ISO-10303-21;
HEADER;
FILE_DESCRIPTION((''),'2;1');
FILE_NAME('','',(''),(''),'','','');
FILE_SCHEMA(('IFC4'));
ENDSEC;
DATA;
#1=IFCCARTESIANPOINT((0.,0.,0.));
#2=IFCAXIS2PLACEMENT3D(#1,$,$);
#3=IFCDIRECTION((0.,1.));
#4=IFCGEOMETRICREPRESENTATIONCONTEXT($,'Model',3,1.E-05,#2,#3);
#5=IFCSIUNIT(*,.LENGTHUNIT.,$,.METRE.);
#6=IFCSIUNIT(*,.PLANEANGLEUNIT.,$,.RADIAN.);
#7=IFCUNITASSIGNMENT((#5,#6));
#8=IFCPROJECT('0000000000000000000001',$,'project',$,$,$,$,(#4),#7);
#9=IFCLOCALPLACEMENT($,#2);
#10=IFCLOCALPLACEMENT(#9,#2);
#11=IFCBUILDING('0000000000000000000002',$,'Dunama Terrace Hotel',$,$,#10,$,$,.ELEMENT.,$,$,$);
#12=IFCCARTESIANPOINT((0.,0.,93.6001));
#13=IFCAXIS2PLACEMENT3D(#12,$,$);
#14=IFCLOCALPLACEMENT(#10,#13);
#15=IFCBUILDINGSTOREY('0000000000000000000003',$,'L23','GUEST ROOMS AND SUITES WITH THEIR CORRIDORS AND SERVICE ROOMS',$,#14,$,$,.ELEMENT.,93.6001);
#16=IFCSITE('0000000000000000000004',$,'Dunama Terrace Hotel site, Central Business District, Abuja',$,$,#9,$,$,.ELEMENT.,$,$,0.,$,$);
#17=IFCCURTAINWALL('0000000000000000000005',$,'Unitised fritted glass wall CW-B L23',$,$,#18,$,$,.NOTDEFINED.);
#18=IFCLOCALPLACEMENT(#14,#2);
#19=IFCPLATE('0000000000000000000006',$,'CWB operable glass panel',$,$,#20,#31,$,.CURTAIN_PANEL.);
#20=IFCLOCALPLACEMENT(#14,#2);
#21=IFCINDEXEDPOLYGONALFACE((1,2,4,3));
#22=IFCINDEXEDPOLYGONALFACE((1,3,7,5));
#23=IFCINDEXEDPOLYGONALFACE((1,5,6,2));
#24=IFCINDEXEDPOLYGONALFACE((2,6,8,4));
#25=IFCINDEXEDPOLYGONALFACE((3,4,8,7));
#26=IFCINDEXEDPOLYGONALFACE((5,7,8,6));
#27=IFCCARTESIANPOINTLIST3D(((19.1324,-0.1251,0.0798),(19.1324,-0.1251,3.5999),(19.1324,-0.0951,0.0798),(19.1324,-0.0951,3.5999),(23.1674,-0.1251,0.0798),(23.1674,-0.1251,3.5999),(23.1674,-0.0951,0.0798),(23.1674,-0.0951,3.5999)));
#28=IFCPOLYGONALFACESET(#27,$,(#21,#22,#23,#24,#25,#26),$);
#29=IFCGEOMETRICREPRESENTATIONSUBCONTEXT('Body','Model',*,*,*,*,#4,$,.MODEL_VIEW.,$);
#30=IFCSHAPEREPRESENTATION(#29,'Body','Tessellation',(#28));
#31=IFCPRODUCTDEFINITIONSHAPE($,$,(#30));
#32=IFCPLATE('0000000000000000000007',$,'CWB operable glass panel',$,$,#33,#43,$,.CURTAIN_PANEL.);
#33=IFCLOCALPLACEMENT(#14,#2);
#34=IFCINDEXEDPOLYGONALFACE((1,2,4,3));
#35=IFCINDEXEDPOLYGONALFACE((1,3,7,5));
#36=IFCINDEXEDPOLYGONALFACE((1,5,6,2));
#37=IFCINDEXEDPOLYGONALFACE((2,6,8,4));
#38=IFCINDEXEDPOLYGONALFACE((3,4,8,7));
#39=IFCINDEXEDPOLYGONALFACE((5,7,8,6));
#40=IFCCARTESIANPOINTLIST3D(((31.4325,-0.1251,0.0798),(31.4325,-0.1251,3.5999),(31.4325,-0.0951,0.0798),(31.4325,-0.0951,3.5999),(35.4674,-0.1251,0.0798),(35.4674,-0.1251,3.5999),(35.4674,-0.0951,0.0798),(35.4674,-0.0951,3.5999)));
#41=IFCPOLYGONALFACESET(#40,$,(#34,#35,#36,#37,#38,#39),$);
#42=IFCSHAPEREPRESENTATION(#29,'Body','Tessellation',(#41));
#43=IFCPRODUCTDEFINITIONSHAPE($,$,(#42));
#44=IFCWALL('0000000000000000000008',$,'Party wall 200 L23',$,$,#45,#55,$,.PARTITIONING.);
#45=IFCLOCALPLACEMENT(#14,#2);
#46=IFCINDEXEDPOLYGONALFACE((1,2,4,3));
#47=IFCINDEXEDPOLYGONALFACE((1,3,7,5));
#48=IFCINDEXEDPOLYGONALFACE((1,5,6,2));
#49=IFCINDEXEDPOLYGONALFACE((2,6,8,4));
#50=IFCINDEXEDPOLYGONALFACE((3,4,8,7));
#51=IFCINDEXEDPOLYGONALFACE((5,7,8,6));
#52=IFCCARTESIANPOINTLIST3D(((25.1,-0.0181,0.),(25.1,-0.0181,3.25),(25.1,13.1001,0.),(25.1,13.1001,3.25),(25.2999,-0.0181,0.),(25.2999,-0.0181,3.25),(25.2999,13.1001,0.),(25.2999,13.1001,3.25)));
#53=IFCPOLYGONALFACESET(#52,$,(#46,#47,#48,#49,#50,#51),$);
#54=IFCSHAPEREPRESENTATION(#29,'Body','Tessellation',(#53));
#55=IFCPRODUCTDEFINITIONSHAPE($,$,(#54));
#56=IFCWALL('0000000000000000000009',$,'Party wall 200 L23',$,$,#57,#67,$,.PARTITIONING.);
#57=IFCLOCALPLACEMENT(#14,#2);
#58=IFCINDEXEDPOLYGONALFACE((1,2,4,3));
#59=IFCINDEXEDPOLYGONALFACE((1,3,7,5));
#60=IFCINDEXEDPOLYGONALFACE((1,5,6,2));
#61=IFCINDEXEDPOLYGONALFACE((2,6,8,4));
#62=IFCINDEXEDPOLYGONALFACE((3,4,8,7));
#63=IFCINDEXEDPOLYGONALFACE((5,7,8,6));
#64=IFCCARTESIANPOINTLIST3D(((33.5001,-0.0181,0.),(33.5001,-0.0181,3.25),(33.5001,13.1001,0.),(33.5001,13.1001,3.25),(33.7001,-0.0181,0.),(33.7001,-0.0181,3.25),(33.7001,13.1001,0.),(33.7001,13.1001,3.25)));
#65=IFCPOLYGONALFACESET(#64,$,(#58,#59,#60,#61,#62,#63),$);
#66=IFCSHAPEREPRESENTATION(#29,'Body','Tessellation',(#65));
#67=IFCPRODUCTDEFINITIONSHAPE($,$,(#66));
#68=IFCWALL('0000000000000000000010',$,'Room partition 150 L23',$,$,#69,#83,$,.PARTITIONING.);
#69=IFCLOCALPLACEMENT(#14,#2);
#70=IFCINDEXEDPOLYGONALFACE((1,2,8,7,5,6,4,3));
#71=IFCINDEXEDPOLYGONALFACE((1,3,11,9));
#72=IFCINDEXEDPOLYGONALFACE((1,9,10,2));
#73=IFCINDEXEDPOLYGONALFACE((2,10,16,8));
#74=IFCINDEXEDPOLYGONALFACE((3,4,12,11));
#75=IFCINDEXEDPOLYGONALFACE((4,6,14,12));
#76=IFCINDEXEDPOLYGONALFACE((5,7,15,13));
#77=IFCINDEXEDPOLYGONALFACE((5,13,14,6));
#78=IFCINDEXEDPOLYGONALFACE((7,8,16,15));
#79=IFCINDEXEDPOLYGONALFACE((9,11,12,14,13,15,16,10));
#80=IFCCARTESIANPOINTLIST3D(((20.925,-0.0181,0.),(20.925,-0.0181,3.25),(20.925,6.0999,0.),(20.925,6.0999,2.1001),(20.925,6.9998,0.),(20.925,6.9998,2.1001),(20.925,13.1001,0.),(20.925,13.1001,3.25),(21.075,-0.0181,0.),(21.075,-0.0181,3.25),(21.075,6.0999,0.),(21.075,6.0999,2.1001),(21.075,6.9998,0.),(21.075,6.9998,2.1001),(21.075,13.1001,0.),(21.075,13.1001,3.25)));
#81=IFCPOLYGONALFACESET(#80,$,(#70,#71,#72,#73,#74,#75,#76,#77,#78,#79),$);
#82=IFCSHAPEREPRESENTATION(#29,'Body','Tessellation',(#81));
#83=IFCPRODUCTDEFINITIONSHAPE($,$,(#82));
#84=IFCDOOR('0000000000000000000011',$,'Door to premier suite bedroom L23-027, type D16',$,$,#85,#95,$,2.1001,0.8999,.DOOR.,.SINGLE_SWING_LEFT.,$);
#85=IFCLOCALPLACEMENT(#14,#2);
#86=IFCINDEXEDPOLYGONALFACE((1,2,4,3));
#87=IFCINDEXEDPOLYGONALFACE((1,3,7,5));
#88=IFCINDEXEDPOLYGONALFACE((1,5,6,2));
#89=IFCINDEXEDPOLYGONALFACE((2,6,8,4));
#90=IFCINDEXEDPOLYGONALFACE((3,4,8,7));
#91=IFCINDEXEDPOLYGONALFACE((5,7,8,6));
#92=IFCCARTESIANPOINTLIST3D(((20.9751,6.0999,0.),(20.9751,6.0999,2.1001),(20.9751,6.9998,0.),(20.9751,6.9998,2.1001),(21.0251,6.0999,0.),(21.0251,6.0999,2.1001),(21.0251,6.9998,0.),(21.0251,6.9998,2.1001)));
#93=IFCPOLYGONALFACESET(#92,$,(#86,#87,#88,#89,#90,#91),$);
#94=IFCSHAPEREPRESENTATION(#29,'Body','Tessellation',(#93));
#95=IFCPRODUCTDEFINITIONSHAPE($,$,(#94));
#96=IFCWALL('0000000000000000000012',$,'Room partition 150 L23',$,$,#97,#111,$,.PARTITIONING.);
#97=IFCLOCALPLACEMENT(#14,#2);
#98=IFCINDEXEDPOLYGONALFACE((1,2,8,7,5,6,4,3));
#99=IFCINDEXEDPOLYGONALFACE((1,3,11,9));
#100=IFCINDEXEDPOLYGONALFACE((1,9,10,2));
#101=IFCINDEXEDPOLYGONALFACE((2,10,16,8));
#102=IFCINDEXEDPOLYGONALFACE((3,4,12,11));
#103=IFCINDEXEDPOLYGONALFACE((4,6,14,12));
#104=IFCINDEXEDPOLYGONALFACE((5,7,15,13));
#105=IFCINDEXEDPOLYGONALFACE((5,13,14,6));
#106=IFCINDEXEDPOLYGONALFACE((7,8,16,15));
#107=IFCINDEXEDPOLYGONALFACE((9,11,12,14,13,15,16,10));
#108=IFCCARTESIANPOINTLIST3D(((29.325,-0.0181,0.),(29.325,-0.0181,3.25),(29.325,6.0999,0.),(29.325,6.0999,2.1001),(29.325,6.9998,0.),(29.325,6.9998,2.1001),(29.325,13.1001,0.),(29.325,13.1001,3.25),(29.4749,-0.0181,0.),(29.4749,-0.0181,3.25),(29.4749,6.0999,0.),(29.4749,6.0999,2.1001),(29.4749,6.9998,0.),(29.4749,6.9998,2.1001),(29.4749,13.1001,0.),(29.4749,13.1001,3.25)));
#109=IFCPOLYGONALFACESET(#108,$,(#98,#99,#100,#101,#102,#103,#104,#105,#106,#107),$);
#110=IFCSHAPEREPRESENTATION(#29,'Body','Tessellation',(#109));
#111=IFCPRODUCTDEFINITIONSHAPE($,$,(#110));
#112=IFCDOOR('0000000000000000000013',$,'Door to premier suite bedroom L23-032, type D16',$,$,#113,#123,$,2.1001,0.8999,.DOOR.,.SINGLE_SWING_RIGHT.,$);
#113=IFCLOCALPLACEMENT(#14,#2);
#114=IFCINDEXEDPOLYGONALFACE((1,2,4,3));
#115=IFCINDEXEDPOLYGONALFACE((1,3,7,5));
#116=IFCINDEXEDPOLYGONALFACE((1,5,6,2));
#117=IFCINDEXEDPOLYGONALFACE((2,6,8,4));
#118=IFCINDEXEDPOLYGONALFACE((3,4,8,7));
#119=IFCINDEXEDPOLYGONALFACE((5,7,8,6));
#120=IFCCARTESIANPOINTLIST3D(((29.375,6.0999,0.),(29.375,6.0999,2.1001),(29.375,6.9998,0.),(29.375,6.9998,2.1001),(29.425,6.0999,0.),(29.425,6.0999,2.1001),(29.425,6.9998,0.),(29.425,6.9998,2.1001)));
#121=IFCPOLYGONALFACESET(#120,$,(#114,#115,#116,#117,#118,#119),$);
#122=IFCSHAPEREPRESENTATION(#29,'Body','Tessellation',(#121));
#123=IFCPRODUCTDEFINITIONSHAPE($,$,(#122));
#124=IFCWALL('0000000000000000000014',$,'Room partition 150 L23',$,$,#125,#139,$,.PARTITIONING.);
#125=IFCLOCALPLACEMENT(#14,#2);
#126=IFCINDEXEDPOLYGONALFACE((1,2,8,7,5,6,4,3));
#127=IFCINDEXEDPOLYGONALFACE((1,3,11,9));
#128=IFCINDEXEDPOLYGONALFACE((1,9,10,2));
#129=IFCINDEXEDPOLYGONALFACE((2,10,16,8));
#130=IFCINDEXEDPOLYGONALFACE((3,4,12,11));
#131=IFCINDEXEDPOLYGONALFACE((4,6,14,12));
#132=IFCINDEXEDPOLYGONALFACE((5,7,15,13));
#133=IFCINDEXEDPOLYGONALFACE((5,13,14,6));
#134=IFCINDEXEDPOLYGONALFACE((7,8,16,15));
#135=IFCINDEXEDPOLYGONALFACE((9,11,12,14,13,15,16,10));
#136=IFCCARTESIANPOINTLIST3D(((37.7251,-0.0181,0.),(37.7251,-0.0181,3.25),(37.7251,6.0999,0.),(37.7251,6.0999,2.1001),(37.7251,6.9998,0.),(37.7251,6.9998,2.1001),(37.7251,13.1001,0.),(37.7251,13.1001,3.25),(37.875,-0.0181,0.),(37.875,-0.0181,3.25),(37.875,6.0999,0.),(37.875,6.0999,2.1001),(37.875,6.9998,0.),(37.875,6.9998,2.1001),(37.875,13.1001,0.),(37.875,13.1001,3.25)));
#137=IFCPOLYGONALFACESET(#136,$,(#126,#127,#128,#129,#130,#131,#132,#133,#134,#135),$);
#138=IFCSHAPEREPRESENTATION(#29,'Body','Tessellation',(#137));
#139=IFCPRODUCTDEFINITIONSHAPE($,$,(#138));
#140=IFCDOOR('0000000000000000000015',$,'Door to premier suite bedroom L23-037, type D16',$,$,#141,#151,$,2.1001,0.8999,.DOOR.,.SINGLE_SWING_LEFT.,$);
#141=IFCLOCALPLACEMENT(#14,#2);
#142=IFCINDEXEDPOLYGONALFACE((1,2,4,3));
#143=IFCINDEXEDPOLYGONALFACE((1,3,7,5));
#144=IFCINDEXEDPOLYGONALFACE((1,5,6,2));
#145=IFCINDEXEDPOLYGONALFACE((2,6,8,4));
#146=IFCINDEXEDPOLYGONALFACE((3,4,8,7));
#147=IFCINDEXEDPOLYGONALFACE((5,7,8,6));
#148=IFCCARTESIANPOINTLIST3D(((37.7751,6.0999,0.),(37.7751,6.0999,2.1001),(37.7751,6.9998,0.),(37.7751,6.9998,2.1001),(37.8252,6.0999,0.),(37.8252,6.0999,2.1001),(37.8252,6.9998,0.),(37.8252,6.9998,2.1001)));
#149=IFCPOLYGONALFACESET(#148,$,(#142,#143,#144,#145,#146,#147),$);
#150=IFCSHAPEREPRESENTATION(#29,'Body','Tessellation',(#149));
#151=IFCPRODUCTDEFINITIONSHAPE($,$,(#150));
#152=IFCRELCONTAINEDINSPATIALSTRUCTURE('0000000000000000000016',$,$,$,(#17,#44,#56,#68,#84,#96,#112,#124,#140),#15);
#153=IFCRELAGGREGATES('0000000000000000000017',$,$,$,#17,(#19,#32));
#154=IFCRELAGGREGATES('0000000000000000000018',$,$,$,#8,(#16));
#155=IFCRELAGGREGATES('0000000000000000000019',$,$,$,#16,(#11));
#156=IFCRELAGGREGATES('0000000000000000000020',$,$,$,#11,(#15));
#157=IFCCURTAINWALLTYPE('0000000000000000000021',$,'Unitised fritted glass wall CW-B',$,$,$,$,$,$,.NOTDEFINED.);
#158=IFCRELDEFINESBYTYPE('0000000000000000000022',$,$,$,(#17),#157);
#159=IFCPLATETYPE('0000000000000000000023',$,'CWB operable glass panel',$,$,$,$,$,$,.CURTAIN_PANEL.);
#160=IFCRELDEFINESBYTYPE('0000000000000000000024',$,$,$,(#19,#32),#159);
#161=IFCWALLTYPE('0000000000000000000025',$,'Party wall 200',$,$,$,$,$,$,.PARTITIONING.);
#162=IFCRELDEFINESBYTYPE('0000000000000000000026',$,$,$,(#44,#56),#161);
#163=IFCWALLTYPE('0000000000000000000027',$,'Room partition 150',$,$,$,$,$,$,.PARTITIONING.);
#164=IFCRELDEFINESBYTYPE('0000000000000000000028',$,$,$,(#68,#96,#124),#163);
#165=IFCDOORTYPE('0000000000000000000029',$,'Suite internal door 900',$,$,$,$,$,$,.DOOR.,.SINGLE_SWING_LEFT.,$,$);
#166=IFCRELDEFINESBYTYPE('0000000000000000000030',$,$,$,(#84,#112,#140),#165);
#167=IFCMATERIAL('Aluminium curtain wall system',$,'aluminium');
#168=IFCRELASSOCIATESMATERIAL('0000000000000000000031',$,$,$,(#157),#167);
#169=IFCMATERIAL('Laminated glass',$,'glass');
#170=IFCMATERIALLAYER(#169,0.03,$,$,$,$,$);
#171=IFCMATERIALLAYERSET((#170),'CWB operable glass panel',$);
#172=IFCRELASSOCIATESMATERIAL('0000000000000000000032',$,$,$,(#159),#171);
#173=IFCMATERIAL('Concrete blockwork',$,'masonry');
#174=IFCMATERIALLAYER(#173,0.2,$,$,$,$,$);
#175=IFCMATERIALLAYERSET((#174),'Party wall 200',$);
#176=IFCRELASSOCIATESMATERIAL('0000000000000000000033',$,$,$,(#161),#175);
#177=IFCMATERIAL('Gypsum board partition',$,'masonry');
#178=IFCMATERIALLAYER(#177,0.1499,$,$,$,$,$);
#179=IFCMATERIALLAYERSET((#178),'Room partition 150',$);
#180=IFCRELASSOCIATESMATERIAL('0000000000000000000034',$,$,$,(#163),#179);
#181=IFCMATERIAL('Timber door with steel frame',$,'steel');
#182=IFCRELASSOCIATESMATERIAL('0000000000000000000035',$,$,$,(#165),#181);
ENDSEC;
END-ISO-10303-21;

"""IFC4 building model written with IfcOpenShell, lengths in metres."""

from ifc_helpers import new_model, si_unit, direction, frame, frame_2d, origin, origin_2d, place, context, subcontext, project, spatial, rectangle, extrude, material, layer, layer_set, type_object, element, fill, aggregate, save


model = new_model("IFC4")

# Units and contexts
model_context = context("Model", 3, precision=1e-05, world=origin(), true_north=direction((0.0, 1.0)))
body_context = subcontext(model_context, "Body", "Model", "MODEL_VIEW")
ifc_project = project(units=[si_unit("LENGTHUNIT", "METRE"), si_unit("PLANEANGLEUNIT", "RADIAN")], contexts=[model_context])

# Site, building, storey
site_placement = place(None, origin())
site = spatial("IfcSite", under=ifc_project, at=site_placement, Name="Dunama Terrace Hotel site, Central Business District, Abuja", CompositionType="ELEMENT", RefElevation=0.0)
building_placement = place(site_placement, origin())
building = spatial("IfcBuilding", under=site, at=building_placement, Name="Dunama Terrace Hotel", CompositionType="ELEMENT")
storey_placement = place(building_placement, frame((0.0, 0.0, 93.6001)))
storey = spatial("IfcBuildingStorey", under=building, at=storey_placement, Name="L23", Description="GUEST ROOMS AND SUITES WITH THEIR CORRIDORS AND SERVICE ROOMS", CompositionType="ELEMENT", Elevation=93.6001)

# Curtain wall
ifc_material_1 = material(Name="Aluminium curtain wall system", Category="aluminium")
curtain_wall_type = type_object("IfcCurtainWallType", Name="Unitised fritted glass wall CW-B", PredefinedType="NOTDEFINED", material=ifc_material_1)
curtain_wall_placement = place(storey_placement, origin())
curtain_wall = element("IfcCurtainWall", 1, at=curtain_wall_placement, inside=storey, type_object=curtain_wall_type, Name="Unitised fritted glass wall CW-B L23", PredefinedType="NOTDEFINED")

# Plates
ifc_material_2 = material(Name="Laminated glass", Category="glass")
ifc_layer_1 = layer(ifc_material_2, 0.03)
ifc_layer_set_1 = layer_set([ifc_layer_1], Name="CWB operable glass panel")
plate_type_1 = type_object("IfcPlateType", Name="CWB operable glass panel", PredefinedType="CURTAIN_PANEL", material=ifc_layer_set_1)
plate_1_placement = place(storey_placement, frame((21.1499, -0.1101, 0.0798), z_axis=(0.0, 0.0, 1.0), x_axis=(1.0, 0.0, 0.0)))
plate_1 = element("IfcPlate", 2, at=plate_1_placement, type_object=plate_type_1, Name="CWB operable glass panel", PredefinedType="CURTAIN_PANEL", context=body_context, shape_type="SweptSolid", body=[
    extrude(rectangle(XDim=4.0349, YDim=0.03, at=origin_2d()), origin(), (0.0, 0.0, 1.0), 3.52),
])
plate_2_placement = place(storey_placement, frame((33.45, -0.1101, 0.0798), z_axis=(0.0, 0.0, 1.0), x_axis=(1.0, 0.0, 0.0)))
plate_2 = element("IfcPlate", 3, at=plate_2_placement, type_object=plate_type_1, Name="CWB operable glass panel", PredefinedType="CURTAIN_PANEL", context=body_context, shape_type="SweptSolid", body=[
    extrude(rectangle(XDim=4.0349, YDim=0.03, at=origin_2d()), origin(), (0.0, 0.0, 1.0), 3.52),
])
aggregate(curtain_wall, [plate_1, plate_2])

# Walls
ifc_material_3 = material(Name="Concrete blockwork", Category="masonry")
ifc_layer_2 = layer(ifc_material_3, 0.2)
ifc_layer_set_2 = layer_set([ifc_layer_2], Name="Party wall 200")
wall_type_1 = type_object("IfcWallType", Name="Party wall 200", PredefinedType="PARTITIONING", material=ifc_layer_set_2)
for number, where, z_axis, x_axis, name in (
    (4, (25.2, -0.0181, 0.0), (0.0, 0.0, 1.0), (0.0, 1.0, 0.0), "Party wall 200 L23"),
    (5, (33.6001, -0.0181, 0.0), (0.0, 0.0, 1.0), (0.0, 1.0, 0.0), "Party wall 200 L23"),
):
    element("IfcWall", number, at=place(storey_placement, frame(where, z_axis=z_axis, x_axis=x_axis)), inside=storey, type_object=wall_type_1, Name=name, PredefinedType="PARTITIONING", context=body_context, shape_type="SweptSolid", body=[
        extrude(rectangle(XDim=13.1182, YDim=0.2, at=frame_2d((6.5591, 0.0))), origin(), (0.0, 0.0, 1.0), 3.25),
    ])

# Walls, openings, doors
ifc_material_4 = material(Name="Gypsum board partition", Category="masonry")
ifc_layer_3 = layer(ifc_material_4, 0.1499)
ifc_layer_set_3 = layer_set([ifc_layer_3], Name="Room partition 150")
wall_type_2 = type_object("IfcWallType", Name="Room partition 150", PredefinedType="PARTITIONING", material=ifc_layer_set_3)
wall_1_placement = place(storey_placement, frame((21.0, -0.0181, 0.0), z_axis=(0.0, 0.0, 1.0), x_axis=(0.0, 1.0, 0.0)))
wall_1 = element("IfcWall", 6, at=wall_1_placement, inside=storey, type_object=wall_type_2, Name="Room partition 150 L23", PredefinedType="PARTITIONING", context=body_context, shape_type="SweptSolid", body=[
    extrude(rectangle(XDim=13.1182, YDim=0.1499, at=frame_2d((6.5591, 0.0))), origin(), (0.0, 0.0, 1.0), 3.25),
])
opening_1_placement = place(wall_1_placement, frame((6.1179, 0.0, 0.0)))
opening_1 = element("IfcOpeningElement", 7, at=opening_1_placement, cuts=wall_1, PredefinedType="OPENING", context=body_context, shape_type="SweptSolid", body=[
    extrude(rectangle(XDim=0.8999, YDim=2.1001, at=frame_2d((0.45, 1.05))), frame((0.0, 0.085, 0.0), z_axis=(0.0, -1.0, 0.0), x_axis=(1.0, 0.0, 0.0)), (0.0, 0.0, 1.0), 0.1699),
])
ifc_material_5 = material(Name="Timber door with steel frame", Category="steel")
door_type = type_object("IfcDoorType", Name="Suite internal door 900", OperationType="SINGLE_SWING_LEFT", PredefinedType="DOOR", material=ifc_material_5)
door_1_placement = place(opening_1_placement, frame((0.8999, 0.0, 0.0), z_axis=(0.0, 0.0, 1.0), x_axis=(-1.0, 0.0, 0.0)))
door_1 = element("IfcDoor", 8, at=door_1_placement, inside=storey, type_object=door_type, Name="Door to premier suite bedroom L23-027, type D16", OperationType="SINGLE_SWING_LEFT", OverallHeight=2.1001, OverallWidth=0.8999, PredefinedType="DOOR", context=body_context, shape_type="SweptSolid", body=[
    extrude(rectangle(XDim=0.8999, YDim=2.1001, at=frame_2d((0.45, 1.05))), frame((0.0, 0.0251, 0.0), z_axis=(0.0, -1.0, 0.0), x_axis=(1.0, 0.0, 0.0)), (0.0, 0.0, 1.0), 0.05),
])
fill(opening_1, door_1)
wall_2_placement = place(storey_placement, frame((29.3999, -0.0181, 0.0), z_axis=(0.0, 0.0, 1.0), x_axis=(0.0, 1.0, 0.0)))
wall_2 = element("IfcWall", 9, at=wall_2_placement, inside=storey, type_object=wall_type_2, Name="Room partition 150 L23", PredefinedType="PARTITIONING", context=body_context, shape_type="SweptSolid", body=[
    extrude(rectangle(XDim=13.1182, YDim=0.1499, at=frame_2d((6.5591, 0.0))), origin(), (0.0, 0.0, 1.0), 3.25),
])
opening_2_placement = place(wall_2_placement, frame((6.1179, 0.0, 0.0)))
opening_2 = element("IfcOpeningElement", 10, at=opening_2_placement, cuts=wall_2, PredefinedType="OPENING", context=body_context, shape_type="SweptSolid", body=[
    extrude(rectangle(XDim=0.8999, YDim=2.1001, at=frame_2d((0.45, 1.05))), frame((0.0, 0.085, 0.0), z_axis=(0.0, -1.0, 0.0), x_axis=(1.0, 0.0, 0.0)), (0.0, 0.0, 1.0), 0.1699),
])
door_2_placement = place(opening_2_placement, origin())
door_2 = element("IfcDoor", 11, at=door_2_placement, inside=storey, type_object=door_type, Name="Door to premier suite bedroom L23-032, type D16", OperationType="SINGLE_SWING_RIGHT", OverallHeight=2.1001, OverallWidth=0.8999, PredefinedType="DOOR", context=body_context, shape_type="SweptSolid", body=[
    extrude(rectangle(XDim=0.8999, YDim=2.1001, at=frame_2d((0.45, 1.05))), frame((0.0, 0.0249, 0.0), z_axis=(0.0, -1.0, 0.0), x_axis=(1.0, 0.0, 0.0)), (0.0, 0.0, 1.0), 0.05),
])
fill(opening_2, door_2)
wall_3_placement = place(storey_placement, frame((37.8, -0.0181, 0.0), z_axis=(0.0, 0.0, 1.0), x_axis=(0.0, 1.0, 0.0)))
wall_3 = element("IfcWall", 12, at=wall_3_placement, inside=storey, type_object=wall_type_2, Name="Room partition 150 L23", PredefinedType="PARTITIONING", context=body_context, shape_type="SweptSolid", body=[
    extrude(rectangle(XDim=13.1182, YDim=0.1499, at=frame_2d((6.5591, 0.0))), origin(), (0.0, 0.0, 1.0), 3.25),
])
opening_3_placement = place(wall_3_placement, frame((6.1179, 0.0, 0.0)))
opening_3 = element("IfcOpeningElement", 13, at=opening_3_placement, cuts=wall_3, PredefinedType="OPENING", context=body_context, shape_type="SweptSolid", body=[
    extrude(rectangle(XDim=0.8999, YDim=2.1001, at=frame_2d((0.45, 1.05))), frame((0.0, 0.085, 0.0), z_axis=(0.0, -1.0, 0.0), x_axis=(1.0, 0.0, 0.0)), (0.0, 0.0, 1.0), 0.1699),
])
door_3_placement = place(opening_3_placement, frame((0.8999, 0.0, 0.0), z_axis=(0.0, 0.0, 1.0), x_axis=(-1.0, 0.0, 0.0)))
door_3 = element("IfcDoor", 14, at=door_3_placement, inside=storey, type_object=door_type, Name="Door to premier suite bedroom L23-037, type D16", OperationType="SINGLE_SWING_LEFT", OverallHeight=2.1001, OverallWidth=0.8999, PredefinedType="DOOR", context=body_context, shape_type="SweptSolid", body=[
    extrude(rectangle(XDim=0.8999, YDim=2.1001, at=frame_2d((0.45, 1.05))), frame((0.0, 0.0251, 0.0), z_axis=(0.0, -1.0, 0.0), x_axis=(1.0, 0.0, 0.0)), (0.0, 0.0, 1.0), 0.05),
])
fill(opening_3, door_3)

save(model, "model.ifc")
